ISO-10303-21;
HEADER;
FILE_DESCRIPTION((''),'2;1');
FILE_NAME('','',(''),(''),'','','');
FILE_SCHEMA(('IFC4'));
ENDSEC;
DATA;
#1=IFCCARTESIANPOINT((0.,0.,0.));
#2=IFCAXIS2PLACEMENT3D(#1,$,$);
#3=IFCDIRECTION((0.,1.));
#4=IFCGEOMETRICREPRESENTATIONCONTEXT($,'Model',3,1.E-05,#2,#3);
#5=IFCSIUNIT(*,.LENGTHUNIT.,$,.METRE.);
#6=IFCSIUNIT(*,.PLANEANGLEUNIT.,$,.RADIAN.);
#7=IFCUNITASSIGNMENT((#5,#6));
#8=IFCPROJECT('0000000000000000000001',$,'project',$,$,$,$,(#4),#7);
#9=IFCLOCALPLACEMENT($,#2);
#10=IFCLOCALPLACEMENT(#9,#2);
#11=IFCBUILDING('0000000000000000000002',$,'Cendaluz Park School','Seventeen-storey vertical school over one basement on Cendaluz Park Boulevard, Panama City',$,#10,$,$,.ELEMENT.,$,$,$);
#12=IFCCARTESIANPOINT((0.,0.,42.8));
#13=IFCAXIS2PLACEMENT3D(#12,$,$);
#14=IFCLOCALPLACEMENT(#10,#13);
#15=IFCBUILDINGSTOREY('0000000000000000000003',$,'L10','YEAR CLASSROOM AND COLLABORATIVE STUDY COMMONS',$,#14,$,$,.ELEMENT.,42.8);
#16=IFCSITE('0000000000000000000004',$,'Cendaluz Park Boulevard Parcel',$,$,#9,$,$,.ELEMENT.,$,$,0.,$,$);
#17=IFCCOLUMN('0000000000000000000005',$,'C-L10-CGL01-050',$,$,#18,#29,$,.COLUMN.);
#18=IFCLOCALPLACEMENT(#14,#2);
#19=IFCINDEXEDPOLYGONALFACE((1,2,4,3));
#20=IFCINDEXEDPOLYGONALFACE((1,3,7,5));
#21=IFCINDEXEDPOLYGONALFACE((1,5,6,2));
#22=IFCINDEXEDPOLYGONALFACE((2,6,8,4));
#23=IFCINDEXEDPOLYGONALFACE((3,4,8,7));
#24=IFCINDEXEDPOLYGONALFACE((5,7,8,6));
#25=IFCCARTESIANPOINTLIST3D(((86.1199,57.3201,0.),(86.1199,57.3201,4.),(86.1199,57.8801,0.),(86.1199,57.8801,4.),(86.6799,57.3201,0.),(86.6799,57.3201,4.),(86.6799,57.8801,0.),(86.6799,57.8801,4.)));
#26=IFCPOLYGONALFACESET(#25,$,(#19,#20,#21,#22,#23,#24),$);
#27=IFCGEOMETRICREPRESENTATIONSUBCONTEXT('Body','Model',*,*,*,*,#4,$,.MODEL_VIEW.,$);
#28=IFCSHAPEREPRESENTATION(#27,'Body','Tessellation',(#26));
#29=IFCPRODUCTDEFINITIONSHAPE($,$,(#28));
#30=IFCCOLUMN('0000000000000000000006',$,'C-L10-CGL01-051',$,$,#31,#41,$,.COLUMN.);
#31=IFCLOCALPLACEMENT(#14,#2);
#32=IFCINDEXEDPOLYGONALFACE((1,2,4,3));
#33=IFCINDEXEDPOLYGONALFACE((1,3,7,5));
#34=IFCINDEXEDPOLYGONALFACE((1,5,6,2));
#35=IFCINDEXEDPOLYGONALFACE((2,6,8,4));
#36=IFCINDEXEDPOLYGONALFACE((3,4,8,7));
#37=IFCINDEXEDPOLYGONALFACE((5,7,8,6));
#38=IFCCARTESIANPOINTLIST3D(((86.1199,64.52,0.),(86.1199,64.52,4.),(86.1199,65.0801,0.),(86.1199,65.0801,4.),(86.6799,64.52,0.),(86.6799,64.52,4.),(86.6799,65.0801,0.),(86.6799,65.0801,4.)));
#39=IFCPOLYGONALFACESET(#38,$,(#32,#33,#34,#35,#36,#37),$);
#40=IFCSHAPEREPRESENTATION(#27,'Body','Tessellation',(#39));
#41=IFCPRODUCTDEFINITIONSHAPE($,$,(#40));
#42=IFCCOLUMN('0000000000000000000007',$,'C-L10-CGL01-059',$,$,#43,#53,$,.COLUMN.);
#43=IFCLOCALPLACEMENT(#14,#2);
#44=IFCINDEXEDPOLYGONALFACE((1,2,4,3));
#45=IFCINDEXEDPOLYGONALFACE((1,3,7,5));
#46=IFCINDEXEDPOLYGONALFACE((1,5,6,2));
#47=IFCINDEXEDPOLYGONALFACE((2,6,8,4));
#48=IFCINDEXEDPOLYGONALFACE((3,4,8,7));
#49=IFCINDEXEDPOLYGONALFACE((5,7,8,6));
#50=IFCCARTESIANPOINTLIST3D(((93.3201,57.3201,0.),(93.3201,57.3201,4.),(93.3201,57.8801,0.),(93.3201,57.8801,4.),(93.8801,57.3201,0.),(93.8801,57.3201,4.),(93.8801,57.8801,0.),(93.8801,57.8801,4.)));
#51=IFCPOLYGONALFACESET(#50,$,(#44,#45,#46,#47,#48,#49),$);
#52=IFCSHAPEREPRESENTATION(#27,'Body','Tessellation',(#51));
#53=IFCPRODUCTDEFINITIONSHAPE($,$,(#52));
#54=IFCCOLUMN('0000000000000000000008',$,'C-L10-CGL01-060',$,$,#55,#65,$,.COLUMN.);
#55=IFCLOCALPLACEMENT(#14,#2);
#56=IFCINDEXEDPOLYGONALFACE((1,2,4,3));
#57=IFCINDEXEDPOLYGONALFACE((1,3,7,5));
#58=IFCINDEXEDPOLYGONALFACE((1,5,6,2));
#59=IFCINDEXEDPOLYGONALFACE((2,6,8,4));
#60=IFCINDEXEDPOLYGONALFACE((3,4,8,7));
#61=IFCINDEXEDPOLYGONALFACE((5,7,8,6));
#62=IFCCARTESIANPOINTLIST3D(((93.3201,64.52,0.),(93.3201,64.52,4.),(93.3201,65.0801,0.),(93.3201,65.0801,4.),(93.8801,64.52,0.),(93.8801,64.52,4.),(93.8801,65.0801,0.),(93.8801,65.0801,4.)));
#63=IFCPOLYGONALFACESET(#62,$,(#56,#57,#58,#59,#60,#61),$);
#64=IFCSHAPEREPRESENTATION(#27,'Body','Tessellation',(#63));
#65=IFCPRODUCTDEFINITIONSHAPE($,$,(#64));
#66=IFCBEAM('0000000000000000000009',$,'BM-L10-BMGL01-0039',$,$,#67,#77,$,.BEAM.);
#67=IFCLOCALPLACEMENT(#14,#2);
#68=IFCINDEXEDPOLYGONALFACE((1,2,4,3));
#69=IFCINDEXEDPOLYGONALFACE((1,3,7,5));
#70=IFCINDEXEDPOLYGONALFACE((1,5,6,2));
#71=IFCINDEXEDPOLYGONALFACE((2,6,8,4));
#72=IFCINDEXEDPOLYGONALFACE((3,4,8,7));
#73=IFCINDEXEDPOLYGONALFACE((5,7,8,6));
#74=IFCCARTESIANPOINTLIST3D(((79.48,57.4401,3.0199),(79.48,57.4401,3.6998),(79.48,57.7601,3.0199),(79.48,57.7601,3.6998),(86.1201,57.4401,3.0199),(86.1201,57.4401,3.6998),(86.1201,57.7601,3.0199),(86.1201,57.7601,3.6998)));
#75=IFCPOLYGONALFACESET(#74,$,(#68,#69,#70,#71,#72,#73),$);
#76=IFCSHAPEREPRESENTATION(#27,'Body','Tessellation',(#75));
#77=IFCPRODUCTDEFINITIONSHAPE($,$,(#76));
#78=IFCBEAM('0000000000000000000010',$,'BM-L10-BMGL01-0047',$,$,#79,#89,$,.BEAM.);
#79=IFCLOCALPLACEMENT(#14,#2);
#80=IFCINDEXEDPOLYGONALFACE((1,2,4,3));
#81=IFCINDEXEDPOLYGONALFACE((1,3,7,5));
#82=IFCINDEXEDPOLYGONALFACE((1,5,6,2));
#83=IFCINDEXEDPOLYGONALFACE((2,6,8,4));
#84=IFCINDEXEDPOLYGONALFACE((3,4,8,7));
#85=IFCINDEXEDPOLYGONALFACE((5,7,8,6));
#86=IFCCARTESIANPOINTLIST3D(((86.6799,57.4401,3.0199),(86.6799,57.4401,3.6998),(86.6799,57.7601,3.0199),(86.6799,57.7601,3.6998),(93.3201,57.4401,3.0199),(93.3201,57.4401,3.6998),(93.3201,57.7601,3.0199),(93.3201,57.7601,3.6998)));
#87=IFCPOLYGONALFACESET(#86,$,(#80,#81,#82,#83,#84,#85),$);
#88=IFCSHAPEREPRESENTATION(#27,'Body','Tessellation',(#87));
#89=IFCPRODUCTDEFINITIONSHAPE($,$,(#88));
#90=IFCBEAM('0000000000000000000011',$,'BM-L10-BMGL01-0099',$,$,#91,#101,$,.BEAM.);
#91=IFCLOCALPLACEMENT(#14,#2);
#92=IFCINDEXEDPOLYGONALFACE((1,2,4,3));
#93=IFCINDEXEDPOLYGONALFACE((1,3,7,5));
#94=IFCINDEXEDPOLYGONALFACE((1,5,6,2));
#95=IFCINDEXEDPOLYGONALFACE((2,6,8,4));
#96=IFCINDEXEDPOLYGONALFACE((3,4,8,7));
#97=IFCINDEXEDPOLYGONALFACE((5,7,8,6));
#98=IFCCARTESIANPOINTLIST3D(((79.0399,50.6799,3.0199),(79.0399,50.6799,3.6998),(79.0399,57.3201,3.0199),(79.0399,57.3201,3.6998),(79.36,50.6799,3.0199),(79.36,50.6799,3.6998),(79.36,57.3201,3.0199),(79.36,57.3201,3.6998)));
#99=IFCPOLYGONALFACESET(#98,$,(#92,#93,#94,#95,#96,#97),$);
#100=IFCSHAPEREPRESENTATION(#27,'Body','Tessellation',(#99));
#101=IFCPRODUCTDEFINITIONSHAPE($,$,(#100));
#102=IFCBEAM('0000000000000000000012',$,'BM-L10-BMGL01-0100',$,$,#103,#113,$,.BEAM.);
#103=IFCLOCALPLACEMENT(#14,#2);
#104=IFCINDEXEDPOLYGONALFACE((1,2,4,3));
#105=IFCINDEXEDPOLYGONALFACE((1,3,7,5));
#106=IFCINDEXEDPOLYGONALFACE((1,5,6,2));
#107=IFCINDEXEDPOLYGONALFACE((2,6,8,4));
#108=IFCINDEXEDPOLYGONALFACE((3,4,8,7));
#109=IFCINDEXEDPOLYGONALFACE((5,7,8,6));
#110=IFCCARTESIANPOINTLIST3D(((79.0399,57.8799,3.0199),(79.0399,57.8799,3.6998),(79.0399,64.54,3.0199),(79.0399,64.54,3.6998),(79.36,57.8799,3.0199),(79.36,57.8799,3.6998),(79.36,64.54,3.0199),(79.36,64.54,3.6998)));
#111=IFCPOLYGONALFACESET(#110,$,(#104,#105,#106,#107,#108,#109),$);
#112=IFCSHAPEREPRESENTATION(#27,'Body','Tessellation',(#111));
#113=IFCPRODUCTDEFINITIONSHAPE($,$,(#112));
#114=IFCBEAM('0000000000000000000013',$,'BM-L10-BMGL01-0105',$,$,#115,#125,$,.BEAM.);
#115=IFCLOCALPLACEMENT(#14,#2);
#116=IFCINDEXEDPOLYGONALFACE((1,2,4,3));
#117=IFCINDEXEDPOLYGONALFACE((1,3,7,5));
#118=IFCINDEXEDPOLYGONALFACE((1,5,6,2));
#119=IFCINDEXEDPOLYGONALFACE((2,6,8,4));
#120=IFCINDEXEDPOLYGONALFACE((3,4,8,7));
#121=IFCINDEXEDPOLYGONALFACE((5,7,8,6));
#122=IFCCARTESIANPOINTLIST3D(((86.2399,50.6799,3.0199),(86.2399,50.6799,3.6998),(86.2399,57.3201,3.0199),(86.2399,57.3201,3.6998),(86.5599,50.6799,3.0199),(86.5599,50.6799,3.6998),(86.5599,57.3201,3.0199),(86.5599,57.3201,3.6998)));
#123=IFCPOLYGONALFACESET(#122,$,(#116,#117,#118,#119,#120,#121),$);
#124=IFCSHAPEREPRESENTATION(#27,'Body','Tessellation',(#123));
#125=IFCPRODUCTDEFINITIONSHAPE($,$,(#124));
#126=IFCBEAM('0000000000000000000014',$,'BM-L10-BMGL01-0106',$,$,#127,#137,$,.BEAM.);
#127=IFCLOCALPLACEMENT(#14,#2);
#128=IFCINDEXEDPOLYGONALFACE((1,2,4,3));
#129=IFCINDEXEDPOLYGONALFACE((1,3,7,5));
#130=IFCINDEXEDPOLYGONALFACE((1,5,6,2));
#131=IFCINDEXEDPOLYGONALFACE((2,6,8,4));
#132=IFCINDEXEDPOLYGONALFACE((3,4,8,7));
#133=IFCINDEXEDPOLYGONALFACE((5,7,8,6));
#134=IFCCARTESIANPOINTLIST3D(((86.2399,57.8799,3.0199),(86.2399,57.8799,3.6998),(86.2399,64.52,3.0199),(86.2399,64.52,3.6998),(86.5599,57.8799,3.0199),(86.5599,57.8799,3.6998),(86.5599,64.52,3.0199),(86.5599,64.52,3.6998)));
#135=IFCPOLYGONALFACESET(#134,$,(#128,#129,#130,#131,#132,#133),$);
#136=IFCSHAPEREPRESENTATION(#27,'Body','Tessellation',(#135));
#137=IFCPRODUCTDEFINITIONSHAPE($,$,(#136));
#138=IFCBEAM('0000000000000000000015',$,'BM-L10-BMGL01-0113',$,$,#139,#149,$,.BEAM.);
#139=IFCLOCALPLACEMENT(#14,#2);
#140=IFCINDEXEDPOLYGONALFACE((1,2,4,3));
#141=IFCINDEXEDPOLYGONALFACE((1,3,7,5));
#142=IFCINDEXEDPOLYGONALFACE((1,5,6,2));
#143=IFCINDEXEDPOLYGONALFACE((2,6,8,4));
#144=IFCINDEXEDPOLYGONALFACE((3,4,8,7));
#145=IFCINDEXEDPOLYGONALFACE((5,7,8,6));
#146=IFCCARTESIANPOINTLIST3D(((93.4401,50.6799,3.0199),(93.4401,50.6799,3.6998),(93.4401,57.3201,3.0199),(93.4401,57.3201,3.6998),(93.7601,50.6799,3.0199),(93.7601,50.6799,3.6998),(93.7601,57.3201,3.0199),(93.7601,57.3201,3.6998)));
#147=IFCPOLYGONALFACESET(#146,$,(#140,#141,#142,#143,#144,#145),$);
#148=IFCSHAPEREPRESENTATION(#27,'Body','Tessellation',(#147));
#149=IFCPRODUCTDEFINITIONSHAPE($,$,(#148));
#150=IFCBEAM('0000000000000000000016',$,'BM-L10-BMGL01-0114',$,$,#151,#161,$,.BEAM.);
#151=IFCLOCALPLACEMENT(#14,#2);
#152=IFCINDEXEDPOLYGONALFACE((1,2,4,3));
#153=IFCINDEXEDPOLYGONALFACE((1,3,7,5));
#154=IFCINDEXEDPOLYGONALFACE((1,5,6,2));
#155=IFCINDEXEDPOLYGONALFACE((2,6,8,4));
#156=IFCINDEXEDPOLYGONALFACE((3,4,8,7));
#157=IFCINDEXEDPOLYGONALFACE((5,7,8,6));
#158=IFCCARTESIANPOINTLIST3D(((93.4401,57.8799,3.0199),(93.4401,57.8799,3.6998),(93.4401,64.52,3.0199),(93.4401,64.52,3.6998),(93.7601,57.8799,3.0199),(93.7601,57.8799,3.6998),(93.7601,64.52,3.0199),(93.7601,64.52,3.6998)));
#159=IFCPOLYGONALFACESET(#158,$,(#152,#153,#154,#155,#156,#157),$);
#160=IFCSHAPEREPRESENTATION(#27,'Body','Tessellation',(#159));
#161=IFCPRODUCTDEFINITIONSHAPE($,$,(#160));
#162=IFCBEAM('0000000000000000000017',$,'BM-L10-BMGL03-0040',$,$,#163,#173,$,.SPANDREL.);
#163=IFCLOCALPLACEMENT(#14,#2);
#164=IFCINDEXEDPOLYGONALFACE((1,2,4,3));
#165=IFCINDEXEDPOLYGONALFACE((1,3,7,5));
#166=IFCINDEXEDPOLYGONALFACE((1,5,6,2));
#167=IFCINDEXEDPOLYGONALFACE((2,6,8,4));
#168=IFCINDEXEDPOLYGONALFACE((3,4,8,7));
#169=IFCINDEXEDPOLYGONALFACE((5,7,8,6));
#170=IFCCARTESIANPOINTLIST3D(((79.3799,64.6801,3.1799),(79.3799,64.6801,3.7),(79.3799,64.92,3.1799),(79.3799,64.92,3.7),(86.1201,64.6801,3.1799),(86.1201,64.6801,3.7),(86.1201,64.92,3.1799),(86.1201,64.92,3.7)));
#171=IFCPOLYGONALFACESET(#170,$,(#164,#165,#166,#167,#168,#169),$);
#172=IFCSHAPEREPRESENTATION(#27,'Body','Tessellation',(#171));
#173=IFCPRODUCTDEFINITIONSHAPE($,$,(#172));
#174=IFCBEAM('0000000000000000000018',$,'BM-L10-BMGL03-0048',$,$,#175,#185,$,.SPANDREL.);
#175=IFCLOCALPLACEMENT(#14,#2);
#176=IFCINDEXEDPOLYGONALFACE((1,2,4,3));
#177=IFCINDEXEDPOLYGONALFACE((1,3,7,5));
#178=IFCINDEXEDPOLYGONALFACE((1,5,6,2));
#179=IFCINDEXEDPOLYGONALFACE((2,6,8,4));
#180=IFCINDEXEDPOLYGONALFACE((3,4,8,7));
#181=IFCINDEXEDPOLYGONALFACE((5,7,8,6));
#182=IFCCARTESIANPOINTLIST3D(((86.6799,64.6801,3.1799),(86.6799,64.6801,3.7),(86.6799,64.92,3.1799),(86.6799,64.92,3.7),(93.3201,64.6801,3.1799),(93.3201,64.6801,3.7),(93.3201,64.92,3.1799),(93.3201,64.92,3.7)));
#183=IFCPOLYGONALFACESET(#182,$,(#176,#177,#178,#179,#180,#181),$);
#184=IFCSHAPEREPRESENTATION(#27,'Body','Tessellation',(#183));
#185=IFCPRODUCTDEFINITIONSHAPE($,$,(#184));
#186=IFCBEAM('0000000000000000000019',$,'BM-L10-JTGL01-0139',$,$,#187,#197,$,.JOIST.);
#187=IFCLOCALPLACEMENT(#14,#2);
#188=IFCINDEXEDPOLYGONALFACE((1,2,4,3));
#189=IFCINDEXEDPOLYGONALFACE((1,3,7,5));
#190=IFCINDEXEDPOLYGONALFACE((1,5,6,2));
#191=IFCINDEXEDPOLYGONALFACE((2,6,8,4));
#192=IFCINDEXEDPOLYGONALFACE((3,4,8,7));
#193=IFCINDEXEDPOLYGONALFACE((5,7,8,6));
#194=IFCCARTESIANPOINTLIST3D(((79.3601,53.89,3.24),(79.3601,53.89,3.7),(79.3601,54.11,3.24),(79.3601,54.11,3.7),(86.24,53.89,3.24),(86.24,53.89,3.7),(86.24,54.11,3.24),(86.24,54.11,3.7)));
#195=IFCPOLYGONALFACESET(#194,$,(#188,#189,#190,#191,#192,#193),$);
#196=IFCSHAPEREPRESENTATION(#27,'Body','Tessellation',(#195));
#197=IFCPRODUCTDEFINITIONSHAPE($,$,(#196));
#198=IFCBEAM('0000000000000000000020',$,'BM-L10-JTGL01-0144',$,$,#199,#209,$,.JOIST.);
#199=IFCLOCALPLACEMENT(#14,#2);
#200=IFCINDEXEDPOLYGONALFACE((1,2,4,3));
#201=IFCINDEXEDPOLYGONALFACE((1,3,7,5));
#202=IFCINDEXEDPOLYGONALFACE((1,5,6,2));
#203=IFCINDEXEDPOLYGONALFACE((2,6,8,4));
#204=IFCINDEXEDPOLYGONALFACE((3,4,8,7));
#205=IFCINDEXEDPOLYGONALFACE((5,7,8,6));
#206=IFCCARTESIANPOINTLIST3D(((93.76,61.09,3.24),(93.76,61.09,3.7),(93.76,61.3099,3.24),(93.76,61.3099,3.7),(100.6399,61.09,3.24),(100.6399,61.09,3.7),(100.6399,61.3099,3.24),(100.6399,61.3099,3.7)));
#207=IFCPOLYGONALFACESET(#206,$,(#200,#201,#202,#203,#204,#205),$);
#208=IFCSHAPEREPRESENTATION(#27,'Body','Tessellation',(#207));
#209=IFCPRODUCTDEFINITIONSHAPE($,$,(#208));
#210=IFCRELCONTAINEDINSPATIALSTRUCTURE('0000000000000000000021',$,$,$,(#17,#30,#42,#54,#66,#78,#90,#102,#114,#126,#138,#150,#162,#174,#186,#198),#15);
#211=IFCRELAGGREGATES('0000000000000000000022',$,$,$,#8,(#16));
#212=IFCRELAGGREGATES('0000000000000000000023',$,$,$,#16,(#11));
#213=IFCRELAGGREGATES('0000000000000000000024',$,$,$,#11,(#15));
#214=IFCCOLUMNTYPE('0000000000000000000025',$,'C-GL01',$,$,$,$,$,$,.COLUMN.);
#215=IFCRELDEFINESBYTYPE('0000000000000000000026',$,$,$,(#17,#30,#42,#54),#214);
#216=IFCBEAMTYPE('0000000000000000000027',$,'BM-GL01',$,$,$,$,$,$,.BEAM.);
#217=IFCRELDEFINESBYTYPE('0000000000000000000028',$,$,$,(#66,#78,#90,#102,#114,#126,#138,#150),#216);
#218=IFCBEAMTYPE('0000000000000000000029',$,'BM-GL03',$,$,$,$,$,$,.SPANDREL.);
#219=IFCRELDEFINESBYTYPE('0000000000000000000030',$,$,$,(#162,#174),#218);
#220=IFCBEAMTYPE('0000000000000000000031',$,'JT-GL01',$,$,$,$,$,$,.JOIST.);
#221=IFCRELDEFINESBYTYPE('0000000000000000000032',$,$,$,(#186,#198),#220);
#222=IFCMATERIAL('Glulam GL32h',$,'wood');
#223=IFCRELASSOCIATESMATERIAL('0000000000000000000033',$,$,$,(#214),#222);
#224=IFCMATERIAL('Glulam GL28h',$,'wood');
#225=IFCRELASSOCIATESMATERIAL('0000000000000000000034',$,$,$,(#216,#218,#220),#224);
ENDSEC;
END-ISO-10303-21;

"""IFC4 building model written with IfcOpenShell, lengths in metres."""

from ifc_helpers import new_model, si_unit, direction, frame, origin, origin_2d, place, context, subcontext, project, spatial, rectangle, extrude, material, material_profile, profile_set, type_object, element, save


model = new_model("IFC4")

# Units and contexts
model_context = context("Model", 3, precision=1e-05, world=origin(), true_north=direction((0.0, 1.0)))
body_context = subcontext(model_context, "Body", "Model", "MODEL_VIEW")
ifc_project = project(units=[si_unit("LENGTHUNIT", "METRE"), si_unit("PLANEANGLEUNIT", "RADIAN")], contexts=[model_context])

# Site, building, storey
site_placement = place(None, origin())
site = spatial("IfcSite", under=ifc_project, at=site_placement, Name="Cendaluz Park Boulevard Parcel", CompositionType="ELEMENT", RefElevation=0.0)
building_placement = place(site_placement, origin())
building = spatial("IfcBuilding", under=site, at=building_placement, Name="Cendaluz Park School", Description="Seventeen-storey vertical school over one basement on Cendaluz Park Boulevard, Panama City", CompositionType="ELEMENT")
storey_placement = place(building_placement, frame((0.0, 0.0, 42.8)))
storey = spatial("IfcBuildingStorey", under=building, at=storey_placement, Name="L10", Description="YEAR CLASSROOM AND COLLABORATIVE STUDY COMMONS", CompositionType="ELEMENT", Elevation=42.8)

# Columns
ifc_material_1 = material(Name="Glulam GL32h", Category="wood")
ifc_material_profile_1 = material_profile(ifc_material_1, rectangle(XDim=0.5601, YDim=0.5601, at=origin_2d()), Name="GL32h 560x560", Category="wood")
ifc_profile_set_1 = profile_set([ifc_material_profile_1], Name="Glulam GL32h")
column_type = type_object("IfcColumnType", Name="C-GL01", PredefinedType="COLUMN", material=ifc_profile_set_1)
for number, where, z_axis, x_axis, name in (
    (1, (86.3999, 57.6001, 0.0), (0.0, 0.0, 1.0), (1.0, 0.0, 0.0), "C-L10-CGL01-050"),
    (2, (86.3999, 64.8, 0.0), (0.0, 0.0, 1.0), (1.0, 0.0, 0.0), "C-L10-CGL01-051"),
    (3, (93.6001, 57.6001, 0.0), (0.0, 0.0, 1.0), (1.0, 0.0, 0.0), "C-L10-CGL01-059"),
    (4, (93.6001, 64.8, 0.0), (0.0, 0.0, 1.0), (1.0, 0.0, 0.0), "C-L10-CGL01-060"),
):
    element("IfcColumn", number, at=place(storey_placement, frame(where, z_axis=z_axis, x_axis=x_axis)), inside=storey, type_object=column_type, Name=name, PredefinedType="COLUMN", context=body_context, shape_type="SweptSolid", body=[
        extrude(rectangle(XDim=0.5601, YDim=0.5601, at=origin_2d()), origin(), (0.0, 0.0, 1.0), 4.0),
    ])

# Beams
ifc_material_2 = material(Name="Glulam GL28h", Category="wood")
ifc_material_profile_2 = material_profile(ifc_material_2, rectangle(XDim=0.3201, YDim=0.6799, at=origin_2d()), Name="GL28h 320x680", Category="wood")
ifc_profile_set_2 = profile_set([ifc_material_profile_2], Name="Glulam GL28h")
beam_type_1 = type_object("IfcBeamType", Name="BM-GL01", PredefinedType="BEAM", material=ifc_profile_set_2)
for number, where, z_axis, x_axis, name in (
    (5, (79.48, 57.6001, 3.3599), (1.0, 0.0, 0.0), (0.0, 1.0, 0.0), "BM-L10-BMGL01-0039"),
    (6, (86.6799, 57.6001, 3.3599), (1.0, 0.0, 0.0), (0.0, 1.0, 0.0), "BM-L10-BMGL01-0047"),
    (7, (79.2, 50.6799, 3.3599), (0.0, 1.0, 0.0), (-1.0, 0.0, 0.0), "BM-L10-BMGL01-0099"),
):
    element("IfcBeam", number, at=place(storey_placement, frame(where, z_axis=z_axis, x_axis=x_axis)), inside=storey, type_object=beam_type_1, Name=name, PredefinedType="BEAM", context=body_context, shape_type="SweptSolid", body=[
        extrude(rectangle(XDim=0.3201, YDim=0.6799, at=origin_2d()), origin(), (0.0, 0.0, 1.0), 6.6401),
    ])
beam_1_placement = place(storey_placement, frame((79.2, 57.8799, 3.3599), z_axis=(0.0, 1.0, 0.0), x_axis=(-1.0, 0.0, 0.0)))
element("IfcBeam", 8, at=beam_1_placement, inside=storey, type_object=beam_type_1, Name="BM-L10-BMGL01-0100", PredefinedType="BEAM", context=body_context, shape_type="SweptSolid", body=[
    extrude(rectangle(XDim=0.3201, YDim=0.6799, at=origin_2d()), origin(), (0.0, 0.0, 1.0), 6.6602),
])
for number, where, z_axis, x_axis, name in (
    (9, (86.3999, 50.6799, 3.3599), (0.0, 1.0, 0.0), (-1.0, 0.0, 0.0), "BM-L10-BMGL01-0105"),
    (10, (86.3999, 57.8799, 3.3599), (0.0, 1.0, 0.0), (-1.0, 0.0, 0.0), "BM-L10-BMGL01-0106"),
    (11, (93.6001, 50.6799, 3.3599), (0.0, 1.0, 0.0), (-1.0, 0.0, 0.0), "BM-L10-BMGL01-0113"),
    (12, (93.6001, 57.8799, 3.3599), (0.0, 1.0, 0.0), (-1.0, 0.0, 0.0), "BM-L10-BMGL01-0114"),
):
    element("IfcBeam", number, at=place(storey_placement, frame(where, z_axis=z_axis, x_axis=x_axis)), inside=storey, type_object=beam_type_1, Name=name, PredefinedType="BEAM", context=body_context, shape_type="SweptSolid", body=[
        extrude(rectangle(XDim=0.3201, YDim=0.6799, at=origin_2d()), origin(), (0.0, 0.0, 1.0), 6.6401),
    ])
ifc_material_profile_3 = material_profile(ifc_material_2, rectangle(XDim=0.24, YDim=0.52, at=origin_2d()), Name="GL28h 240x520", Category="wood")
ifc_profile_set_3 = profile_set([ifc_material_profile_3], Name="Glulam GL28h")
beam_type_2 = type_object("IfcBeamType", Name="BM-GL03", PredefinedType="SPANDREL", material=ifc_profile_set_3)
beam_2_placement = place(storey_placement, frame((79.3799, 64.8, 3.4399), z_axis=(1.0, 0.0, 0.0), x_axis=(0.0, 1.0, 0.0)))
element("IfcBeam", 13, at=beam_2_placement, inside=storey, type_object=beam_type_2, Name="BM-L10-BMGL03-0040", PredefinedType="SPANDREL", context=body_context, shape_type="SweptSolid", body=[
    extrude(rectangle(XDim=0.24, YDim=0.52, at=origin_2d()), origin(), (0.0, 0.0, 1.0), 6.7402),
])
beam_3_placement = place(storey_placement, frame((86.6799, 64.8, 3.4399), z_axis=(1.0, 0.0, 0.0), x_axis=(0.0, 1.0, 0.0)))
element("IfcBeam", 14, at=beam_3_placement, inside=storey, type_object=beam_type_2, Name="BM-L10-BMGL03-0048", PredefinedType="SPANDREL", context=body_context, shape_type="SweptSolid", body=[
    extrude(rectangle(XDim=0.24, YDim=0.52, at=origin_2d()), origin(), (0.0, 0.0, 1.0), 6.6401),
])
ifc_material_profile_4 = material_profile(ifc_material_2, rectangle(XDim=0.22, YDim=0.46, at=origin_2d()), Name="GL28h 220x460", Category="wood")
ifc_profile_set_4 = profile_set([ifc_material_profile_4], Name="Glulam GL28h")
beam_type_3 = type_object("IfcBeamType", Name="JT-GL01", PredefinedType="JOIST", material=ifc_profile_set_4)
for number, where, z_axis, x_axis, name in (
    (15, (79.3601, 54.0, 3.47), (1.0, 0.0, 0.0), (0.0, 1.0, 0.0), "BM-L10-JTGL01-0139"),
    (16, (93.76, 61.2, 3.47), (1.0, 0.0, 0.0), (0.0, 1.0, 0.0), "BM-L10-JTGL01-0144"),
):
    element("IfcBeam", number, at=place(storey_placement, frame(where, z_axis=z_axis, x_axis=x_axis)), inside=storey, type_object=beam_type_3, Name=name, PredefinedType="JOIST", context=body_context, shape_type="SweptSolid", body=[
        extrude(rectangle(XDim=0.22, YDim=0.46, at=origin_2d()), origin(), (0.0, 0.0, 1.0), 6.8799),
    ])

save(model, "model.ifc")
